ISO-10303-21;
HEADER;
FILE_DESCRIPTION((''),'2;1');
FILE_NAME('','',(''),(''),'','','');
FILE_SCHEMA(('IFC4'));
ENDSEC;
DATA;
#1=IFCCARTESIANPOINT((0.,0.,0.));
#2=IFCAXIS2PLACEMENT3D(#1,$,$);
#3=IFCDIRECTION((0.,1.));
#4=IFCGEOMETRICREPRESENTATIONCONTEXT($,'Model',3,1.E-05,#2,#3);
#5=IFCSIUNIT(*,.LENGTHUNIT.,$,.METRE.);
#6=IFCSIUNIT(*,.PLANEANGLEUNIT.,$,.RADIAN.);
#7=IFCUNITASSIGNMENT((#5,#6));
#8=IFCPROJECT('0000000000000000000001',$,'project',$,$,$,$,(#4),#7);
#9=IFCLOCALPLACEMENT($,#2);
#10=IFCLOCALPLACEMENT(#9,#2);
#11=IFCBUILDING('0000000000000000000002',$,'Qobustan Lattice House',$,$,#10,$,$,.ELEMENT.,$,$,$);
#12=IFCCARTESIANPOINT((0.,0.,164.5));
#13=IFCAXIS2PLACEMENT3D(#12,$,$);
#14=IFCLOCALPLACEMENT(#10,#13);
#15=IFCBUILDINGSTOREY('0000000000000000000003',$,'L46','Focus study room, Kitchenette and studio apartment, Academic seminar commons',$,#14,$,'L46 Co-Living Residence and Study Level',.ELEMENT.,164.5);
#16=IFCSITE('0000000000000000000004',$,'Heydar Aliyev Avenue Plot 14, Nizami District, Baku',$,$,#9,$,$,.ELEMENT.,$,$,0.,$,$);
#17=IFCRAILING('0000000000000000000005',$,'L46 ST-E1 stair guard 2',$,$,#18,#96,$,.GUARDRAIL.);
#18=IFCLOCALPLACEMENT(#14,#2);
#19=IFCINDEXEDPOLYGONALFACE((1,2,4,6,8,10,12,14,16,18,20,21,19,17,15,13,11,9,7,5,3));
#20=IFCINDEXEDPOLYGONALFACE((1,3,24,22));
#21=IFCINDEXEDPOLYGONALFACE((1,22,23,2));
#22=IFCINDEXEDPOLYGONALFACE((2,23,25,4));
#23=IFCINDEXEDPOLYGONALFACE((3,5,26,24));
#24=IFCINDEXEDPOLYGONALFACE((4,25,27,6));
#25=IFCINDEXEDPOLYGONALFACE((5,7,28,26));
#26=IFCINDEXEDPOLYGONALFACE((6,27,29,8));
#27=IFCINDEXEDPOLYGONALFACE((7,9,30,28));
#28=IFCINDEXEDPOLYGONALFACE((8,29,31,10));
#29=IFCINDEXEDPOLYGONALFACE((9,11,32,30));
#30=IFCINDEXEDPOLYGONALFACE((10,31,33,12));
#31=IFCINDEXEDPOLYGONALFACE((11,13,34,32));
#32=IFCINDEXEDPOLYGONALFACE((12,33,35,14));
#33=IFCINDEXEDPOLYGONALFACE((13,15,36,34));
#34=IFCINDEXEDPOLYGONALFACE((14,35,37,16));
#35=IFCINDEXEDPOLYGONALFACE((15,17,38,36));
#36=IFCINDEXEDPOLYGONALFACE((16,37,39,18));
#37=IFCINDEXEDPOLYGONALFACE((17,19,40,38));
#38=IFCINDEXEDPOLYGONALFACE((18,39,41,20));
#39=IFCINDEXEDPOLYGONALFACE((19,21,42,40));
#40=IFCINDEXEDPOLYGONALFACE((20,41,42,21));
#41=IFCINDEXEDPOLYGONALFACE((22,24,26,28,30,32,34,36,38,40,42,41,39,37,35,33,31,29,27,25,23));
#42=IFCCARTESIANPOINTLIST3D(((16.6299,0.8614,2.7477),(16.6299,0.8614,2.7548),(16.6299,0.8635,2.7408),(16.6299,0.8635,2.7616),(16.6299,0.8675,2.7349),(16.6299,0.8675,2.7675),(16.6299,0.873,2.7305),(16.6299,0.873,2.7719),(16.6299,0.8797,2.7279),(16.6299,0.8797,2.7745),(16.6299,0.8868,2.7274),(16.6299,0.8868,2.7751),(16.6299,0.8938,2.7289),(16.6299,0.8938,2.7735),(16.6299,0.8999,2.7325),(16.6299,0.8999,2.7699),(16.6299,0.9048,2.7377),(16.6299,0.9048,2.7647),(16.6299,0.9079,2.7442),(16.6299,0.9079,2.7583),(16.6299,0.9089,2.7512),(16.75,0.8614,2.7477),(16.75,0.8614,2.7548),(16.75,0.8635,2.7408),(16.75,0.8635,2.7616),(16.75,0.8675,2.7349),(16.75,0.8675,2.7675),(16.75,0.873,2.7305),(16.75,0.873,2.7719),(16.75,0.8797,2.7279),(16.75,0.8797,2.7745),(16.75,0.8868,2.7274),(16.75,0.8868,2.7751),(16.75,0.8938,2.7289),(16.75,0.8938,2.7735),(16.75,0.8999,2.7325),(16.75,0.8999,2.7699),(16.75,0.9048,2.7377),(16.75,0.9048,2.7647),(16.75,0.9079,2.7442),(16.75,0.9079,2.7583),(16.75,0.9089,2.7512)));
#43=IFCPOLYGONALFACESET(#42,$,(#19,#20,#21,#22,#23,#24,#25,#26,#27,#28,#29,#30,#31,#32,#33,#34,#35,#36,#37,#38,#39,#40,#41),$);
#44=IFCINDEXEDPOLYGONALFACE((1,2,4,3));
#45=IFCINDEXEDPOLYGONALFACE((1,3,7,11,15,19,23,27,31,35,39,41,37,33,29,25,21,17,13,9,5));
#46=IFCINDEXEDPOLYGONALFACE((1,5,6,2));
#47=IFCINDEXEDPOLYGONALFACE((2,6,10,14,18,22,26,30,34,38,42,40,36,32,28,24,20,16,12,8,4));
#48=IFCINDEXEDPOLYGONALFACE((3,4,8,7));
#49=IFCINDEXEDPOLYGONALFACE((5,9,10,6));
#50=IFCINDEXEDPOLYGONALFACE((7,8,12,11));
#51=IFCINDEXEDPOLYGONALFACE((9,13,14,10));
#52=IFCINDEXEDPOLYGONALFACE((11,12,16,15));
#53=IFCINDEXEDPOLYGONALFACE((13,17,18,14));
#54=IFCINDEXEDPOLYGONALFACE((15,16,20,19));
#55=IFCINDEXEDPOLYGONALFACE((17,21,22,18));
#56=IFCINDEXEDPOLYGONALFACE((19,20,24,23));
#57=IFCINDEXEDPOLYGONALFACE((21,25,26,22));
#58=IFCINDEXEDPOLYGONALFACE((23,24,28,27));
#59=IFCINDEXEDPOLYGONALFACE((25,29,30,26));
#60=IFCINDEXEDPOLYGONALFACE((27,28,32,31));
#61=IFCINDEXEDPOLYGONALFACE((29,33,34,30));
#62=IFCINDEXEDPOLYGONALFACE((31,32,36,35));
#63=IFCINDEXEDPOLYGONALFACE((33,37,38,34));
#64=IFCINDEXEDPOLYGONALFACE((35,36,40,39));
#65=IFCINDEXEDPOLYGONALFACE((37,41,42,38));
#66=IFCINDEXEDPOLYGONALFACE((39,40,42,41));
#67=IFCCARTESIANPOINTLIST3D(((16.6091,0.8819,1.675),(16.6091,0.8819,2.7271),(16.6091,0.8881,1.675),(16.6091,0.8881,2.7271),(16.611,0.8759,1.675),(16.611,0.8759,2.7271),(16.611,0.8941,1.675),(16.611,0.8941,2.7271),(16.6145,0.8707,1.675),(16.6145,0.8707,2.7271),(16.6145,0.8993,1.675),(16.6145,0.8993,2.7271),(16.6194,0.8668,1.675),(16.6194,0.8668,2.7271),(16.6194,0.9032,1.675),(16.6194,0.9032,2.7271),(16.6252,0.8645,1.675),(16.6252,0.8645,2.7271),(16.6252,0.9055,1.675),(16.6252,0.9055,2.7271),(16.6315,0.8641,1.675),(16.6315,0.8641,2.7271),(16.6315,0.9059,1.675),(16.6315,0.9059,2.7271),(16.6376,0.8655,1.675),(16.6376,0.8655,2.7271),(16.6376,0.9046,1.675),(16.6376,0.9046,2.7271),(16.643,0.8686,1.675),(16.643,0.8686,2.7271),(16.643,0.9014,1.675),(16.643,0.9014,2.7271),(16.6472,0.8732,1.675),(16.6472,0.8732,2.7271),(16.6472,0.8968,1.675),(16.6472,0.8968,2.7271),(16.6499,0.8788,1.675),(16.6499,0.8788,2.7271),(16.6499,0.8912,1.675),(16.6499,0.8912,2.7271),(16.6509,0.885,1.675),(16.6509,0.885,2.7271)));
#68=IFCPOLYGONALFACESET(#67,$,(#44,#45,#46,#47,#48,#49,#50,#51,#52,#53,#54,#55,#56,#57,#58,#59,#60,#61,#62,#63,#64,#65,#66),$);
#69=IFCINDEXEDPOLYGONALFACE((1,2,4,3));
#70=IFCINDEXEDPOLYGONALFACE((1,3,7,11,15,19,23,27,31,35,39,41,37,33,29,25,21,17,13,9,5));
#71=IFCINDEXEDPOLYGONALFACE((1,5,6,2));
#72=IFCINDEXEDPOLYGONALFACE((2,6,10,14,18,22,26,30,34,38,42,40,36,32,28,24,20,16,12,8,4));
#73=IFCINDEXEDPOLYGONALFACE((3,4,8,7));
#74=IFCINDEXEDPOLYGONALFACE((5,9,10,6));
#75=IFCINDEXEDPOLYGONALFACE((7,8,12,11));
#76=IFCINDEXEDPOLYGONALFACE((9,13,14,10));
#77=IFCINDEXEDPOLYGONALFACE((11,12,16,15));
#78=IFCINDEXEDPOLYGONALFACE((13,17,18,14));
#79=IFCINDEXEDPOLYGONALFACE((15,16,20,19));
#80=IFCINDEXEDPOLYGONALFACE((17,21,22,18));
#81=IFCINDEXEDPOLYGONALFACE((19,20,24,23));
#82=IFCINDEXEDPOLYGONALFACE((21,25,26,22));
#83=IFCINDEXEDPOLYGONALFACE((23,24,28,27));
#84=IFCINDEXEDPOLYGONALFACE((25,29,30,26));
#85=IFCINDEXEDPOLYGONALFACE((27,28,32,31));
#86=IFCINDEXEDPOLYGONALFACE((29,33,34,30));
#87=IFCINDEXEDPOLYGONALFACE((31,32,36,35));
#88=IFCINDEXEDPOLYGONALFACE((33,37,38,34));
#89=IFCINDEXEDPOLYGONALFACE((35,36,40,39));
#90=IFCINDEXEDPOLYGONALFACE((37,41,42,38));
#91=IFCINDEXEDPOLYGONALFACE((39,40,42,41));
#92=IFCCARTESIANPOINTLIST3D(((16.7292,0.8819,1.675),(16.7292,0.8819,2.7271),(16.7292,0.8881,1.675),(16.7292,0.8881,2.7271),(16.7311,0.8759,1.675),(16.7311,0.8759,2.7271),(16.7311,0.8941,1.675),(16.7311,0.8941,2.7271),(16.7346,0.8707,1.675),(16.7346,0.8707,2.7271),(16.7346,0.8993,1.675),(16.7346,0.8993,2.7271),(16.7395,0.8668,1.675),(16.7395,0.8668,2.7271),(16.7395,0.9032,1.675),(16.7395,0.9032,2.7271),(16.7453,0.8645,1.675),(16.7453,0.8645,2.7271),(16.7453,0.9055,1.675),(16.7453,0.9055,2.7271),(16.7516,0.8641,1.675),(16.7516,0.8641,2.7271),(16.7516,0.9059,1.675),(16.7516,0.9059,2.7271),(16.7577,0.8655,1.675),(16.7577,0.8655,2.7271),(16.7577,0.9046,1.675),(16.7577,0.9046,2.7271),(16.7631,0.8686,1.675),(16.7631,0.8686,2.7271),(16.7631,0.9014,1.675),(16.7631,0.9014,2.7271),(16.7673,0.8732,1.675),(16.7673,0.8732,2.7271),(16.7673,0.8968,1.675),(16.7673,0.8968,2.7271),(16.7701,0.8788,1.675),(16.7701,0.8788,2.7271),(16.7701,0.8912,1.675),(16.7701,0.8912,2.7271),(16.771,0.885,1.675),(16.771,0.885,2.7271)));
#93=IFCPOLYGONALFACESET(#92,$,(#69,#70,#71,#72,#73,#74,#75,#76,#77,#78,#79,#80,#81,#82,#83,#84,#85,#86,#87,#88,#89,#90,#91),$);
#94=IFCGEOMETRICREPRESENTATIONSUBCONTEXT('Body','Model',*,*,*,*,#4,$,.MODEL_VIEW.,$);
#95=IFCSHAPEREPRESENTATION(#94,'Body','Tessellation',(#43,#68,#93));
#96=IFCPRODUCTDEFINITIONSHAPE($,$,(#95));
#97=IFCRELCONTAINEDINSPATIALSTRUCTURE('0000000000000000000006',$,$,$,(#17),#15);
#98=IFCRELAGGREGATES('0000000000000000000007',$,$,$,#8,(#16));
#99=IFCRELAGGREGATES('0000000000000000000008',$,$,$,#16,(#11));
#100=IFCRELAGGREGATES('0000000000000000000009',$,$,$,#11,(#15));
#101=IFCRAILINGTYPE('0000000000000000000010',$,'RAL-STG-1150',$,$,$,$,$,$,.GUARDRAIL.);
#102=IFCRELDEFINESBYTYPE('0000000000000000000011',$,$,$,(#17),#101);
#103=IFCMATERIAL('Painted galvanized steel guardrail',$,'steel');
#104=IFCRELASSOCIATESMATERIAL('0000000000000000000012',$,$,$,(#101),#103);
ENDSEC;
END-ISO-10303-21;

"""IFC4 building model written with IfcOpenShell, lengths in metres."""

from ifc_helpers import new_model, si_unit, direction, frame, origin, origin_2d, place, context, subcontext, project, spatial, circle, extrude, material, type_object, element, save


model = new_model("IFC4")

# Units and contexts
model_context = context("Model", 3, precision=1e-05, world=origin(), true_north=direction((0.0, 1.0)))
body_context = subcontext(model_context, "Body", "Model", "MODEL_VIEW")
ifc_project = project(units=[si_unit("LENGTHUNIT", "METRE"), si_unit("PLANEANGLEUNIT", "RADIAN")], contexts=[model_context])

# Site, building, storey
site_placement = place(None, origin())
site = spatial("IfcSite", under=ifc_project, at=site_placement, Name="Heydar Aliyev Avenue Plot 14, Nizami District, Baku", CompositionType="ELEMENT", RefElevation=0.0)
building_placement = place(site_placement, origin())
building = spatial("IfcBuilding", under=site, at=building_placement, Name="Qobustan Lattice House", CompositionType="ELEMENT")
storey_placement = place(building_placement, frame((0.0, 0.0, 164.5)))
storey = spatial("IfcBuildingStorey", under=building, at=storey_placement, Name="L46", Description="Focus study room, Kitchenette and studio apartment, Academic seminar commons", LongName="L46 Co-Living Residence and Study Level", CompositionType="ELEMENT", Elevation=164.5)

# Railing
ifc_material_1 = material(Name="Painted galvanized steel guardrail", Category="steel")
railing_type_1 = type_object("IfcRailingType", Name="RAL-STG-1150", PredefinedType="GUARDRAIL", material=ifc_material_1)
railing_1_placement = place(storey_placement, frame((16.6299, 0.885, 1.675)))
element("IfcRailing", 1, at=railing_1_placement, inside=storey, type_object=railing_type_1, Name="L46 ST-E1 stair guard 2", PredefinedType="GUARDRAIL", context=body_context, shape_type="SweptSolid", body=[
    extrude(circle(Radius=0.0239, at=origin_2d()), frame((0.0, 0.0, 1.0762), z_axis=(1.0, 0.0, 0.0), x_axis=(0.0, 1.0, 0.0)), (0.0, 0.0, 1.0), 0.1201),
    extrude(circle(Radius=0.021, at=origin_2d()), origin(), (0.0, 0.0, 1.0), 1.052),
    extrude(circle(Radius=0.021, at=origin_2d()), frame((0.1201, 0.0, 0.0)), (0.0, 0.0, 1.0), 1.052),
])

save(model, "model.ifc")
